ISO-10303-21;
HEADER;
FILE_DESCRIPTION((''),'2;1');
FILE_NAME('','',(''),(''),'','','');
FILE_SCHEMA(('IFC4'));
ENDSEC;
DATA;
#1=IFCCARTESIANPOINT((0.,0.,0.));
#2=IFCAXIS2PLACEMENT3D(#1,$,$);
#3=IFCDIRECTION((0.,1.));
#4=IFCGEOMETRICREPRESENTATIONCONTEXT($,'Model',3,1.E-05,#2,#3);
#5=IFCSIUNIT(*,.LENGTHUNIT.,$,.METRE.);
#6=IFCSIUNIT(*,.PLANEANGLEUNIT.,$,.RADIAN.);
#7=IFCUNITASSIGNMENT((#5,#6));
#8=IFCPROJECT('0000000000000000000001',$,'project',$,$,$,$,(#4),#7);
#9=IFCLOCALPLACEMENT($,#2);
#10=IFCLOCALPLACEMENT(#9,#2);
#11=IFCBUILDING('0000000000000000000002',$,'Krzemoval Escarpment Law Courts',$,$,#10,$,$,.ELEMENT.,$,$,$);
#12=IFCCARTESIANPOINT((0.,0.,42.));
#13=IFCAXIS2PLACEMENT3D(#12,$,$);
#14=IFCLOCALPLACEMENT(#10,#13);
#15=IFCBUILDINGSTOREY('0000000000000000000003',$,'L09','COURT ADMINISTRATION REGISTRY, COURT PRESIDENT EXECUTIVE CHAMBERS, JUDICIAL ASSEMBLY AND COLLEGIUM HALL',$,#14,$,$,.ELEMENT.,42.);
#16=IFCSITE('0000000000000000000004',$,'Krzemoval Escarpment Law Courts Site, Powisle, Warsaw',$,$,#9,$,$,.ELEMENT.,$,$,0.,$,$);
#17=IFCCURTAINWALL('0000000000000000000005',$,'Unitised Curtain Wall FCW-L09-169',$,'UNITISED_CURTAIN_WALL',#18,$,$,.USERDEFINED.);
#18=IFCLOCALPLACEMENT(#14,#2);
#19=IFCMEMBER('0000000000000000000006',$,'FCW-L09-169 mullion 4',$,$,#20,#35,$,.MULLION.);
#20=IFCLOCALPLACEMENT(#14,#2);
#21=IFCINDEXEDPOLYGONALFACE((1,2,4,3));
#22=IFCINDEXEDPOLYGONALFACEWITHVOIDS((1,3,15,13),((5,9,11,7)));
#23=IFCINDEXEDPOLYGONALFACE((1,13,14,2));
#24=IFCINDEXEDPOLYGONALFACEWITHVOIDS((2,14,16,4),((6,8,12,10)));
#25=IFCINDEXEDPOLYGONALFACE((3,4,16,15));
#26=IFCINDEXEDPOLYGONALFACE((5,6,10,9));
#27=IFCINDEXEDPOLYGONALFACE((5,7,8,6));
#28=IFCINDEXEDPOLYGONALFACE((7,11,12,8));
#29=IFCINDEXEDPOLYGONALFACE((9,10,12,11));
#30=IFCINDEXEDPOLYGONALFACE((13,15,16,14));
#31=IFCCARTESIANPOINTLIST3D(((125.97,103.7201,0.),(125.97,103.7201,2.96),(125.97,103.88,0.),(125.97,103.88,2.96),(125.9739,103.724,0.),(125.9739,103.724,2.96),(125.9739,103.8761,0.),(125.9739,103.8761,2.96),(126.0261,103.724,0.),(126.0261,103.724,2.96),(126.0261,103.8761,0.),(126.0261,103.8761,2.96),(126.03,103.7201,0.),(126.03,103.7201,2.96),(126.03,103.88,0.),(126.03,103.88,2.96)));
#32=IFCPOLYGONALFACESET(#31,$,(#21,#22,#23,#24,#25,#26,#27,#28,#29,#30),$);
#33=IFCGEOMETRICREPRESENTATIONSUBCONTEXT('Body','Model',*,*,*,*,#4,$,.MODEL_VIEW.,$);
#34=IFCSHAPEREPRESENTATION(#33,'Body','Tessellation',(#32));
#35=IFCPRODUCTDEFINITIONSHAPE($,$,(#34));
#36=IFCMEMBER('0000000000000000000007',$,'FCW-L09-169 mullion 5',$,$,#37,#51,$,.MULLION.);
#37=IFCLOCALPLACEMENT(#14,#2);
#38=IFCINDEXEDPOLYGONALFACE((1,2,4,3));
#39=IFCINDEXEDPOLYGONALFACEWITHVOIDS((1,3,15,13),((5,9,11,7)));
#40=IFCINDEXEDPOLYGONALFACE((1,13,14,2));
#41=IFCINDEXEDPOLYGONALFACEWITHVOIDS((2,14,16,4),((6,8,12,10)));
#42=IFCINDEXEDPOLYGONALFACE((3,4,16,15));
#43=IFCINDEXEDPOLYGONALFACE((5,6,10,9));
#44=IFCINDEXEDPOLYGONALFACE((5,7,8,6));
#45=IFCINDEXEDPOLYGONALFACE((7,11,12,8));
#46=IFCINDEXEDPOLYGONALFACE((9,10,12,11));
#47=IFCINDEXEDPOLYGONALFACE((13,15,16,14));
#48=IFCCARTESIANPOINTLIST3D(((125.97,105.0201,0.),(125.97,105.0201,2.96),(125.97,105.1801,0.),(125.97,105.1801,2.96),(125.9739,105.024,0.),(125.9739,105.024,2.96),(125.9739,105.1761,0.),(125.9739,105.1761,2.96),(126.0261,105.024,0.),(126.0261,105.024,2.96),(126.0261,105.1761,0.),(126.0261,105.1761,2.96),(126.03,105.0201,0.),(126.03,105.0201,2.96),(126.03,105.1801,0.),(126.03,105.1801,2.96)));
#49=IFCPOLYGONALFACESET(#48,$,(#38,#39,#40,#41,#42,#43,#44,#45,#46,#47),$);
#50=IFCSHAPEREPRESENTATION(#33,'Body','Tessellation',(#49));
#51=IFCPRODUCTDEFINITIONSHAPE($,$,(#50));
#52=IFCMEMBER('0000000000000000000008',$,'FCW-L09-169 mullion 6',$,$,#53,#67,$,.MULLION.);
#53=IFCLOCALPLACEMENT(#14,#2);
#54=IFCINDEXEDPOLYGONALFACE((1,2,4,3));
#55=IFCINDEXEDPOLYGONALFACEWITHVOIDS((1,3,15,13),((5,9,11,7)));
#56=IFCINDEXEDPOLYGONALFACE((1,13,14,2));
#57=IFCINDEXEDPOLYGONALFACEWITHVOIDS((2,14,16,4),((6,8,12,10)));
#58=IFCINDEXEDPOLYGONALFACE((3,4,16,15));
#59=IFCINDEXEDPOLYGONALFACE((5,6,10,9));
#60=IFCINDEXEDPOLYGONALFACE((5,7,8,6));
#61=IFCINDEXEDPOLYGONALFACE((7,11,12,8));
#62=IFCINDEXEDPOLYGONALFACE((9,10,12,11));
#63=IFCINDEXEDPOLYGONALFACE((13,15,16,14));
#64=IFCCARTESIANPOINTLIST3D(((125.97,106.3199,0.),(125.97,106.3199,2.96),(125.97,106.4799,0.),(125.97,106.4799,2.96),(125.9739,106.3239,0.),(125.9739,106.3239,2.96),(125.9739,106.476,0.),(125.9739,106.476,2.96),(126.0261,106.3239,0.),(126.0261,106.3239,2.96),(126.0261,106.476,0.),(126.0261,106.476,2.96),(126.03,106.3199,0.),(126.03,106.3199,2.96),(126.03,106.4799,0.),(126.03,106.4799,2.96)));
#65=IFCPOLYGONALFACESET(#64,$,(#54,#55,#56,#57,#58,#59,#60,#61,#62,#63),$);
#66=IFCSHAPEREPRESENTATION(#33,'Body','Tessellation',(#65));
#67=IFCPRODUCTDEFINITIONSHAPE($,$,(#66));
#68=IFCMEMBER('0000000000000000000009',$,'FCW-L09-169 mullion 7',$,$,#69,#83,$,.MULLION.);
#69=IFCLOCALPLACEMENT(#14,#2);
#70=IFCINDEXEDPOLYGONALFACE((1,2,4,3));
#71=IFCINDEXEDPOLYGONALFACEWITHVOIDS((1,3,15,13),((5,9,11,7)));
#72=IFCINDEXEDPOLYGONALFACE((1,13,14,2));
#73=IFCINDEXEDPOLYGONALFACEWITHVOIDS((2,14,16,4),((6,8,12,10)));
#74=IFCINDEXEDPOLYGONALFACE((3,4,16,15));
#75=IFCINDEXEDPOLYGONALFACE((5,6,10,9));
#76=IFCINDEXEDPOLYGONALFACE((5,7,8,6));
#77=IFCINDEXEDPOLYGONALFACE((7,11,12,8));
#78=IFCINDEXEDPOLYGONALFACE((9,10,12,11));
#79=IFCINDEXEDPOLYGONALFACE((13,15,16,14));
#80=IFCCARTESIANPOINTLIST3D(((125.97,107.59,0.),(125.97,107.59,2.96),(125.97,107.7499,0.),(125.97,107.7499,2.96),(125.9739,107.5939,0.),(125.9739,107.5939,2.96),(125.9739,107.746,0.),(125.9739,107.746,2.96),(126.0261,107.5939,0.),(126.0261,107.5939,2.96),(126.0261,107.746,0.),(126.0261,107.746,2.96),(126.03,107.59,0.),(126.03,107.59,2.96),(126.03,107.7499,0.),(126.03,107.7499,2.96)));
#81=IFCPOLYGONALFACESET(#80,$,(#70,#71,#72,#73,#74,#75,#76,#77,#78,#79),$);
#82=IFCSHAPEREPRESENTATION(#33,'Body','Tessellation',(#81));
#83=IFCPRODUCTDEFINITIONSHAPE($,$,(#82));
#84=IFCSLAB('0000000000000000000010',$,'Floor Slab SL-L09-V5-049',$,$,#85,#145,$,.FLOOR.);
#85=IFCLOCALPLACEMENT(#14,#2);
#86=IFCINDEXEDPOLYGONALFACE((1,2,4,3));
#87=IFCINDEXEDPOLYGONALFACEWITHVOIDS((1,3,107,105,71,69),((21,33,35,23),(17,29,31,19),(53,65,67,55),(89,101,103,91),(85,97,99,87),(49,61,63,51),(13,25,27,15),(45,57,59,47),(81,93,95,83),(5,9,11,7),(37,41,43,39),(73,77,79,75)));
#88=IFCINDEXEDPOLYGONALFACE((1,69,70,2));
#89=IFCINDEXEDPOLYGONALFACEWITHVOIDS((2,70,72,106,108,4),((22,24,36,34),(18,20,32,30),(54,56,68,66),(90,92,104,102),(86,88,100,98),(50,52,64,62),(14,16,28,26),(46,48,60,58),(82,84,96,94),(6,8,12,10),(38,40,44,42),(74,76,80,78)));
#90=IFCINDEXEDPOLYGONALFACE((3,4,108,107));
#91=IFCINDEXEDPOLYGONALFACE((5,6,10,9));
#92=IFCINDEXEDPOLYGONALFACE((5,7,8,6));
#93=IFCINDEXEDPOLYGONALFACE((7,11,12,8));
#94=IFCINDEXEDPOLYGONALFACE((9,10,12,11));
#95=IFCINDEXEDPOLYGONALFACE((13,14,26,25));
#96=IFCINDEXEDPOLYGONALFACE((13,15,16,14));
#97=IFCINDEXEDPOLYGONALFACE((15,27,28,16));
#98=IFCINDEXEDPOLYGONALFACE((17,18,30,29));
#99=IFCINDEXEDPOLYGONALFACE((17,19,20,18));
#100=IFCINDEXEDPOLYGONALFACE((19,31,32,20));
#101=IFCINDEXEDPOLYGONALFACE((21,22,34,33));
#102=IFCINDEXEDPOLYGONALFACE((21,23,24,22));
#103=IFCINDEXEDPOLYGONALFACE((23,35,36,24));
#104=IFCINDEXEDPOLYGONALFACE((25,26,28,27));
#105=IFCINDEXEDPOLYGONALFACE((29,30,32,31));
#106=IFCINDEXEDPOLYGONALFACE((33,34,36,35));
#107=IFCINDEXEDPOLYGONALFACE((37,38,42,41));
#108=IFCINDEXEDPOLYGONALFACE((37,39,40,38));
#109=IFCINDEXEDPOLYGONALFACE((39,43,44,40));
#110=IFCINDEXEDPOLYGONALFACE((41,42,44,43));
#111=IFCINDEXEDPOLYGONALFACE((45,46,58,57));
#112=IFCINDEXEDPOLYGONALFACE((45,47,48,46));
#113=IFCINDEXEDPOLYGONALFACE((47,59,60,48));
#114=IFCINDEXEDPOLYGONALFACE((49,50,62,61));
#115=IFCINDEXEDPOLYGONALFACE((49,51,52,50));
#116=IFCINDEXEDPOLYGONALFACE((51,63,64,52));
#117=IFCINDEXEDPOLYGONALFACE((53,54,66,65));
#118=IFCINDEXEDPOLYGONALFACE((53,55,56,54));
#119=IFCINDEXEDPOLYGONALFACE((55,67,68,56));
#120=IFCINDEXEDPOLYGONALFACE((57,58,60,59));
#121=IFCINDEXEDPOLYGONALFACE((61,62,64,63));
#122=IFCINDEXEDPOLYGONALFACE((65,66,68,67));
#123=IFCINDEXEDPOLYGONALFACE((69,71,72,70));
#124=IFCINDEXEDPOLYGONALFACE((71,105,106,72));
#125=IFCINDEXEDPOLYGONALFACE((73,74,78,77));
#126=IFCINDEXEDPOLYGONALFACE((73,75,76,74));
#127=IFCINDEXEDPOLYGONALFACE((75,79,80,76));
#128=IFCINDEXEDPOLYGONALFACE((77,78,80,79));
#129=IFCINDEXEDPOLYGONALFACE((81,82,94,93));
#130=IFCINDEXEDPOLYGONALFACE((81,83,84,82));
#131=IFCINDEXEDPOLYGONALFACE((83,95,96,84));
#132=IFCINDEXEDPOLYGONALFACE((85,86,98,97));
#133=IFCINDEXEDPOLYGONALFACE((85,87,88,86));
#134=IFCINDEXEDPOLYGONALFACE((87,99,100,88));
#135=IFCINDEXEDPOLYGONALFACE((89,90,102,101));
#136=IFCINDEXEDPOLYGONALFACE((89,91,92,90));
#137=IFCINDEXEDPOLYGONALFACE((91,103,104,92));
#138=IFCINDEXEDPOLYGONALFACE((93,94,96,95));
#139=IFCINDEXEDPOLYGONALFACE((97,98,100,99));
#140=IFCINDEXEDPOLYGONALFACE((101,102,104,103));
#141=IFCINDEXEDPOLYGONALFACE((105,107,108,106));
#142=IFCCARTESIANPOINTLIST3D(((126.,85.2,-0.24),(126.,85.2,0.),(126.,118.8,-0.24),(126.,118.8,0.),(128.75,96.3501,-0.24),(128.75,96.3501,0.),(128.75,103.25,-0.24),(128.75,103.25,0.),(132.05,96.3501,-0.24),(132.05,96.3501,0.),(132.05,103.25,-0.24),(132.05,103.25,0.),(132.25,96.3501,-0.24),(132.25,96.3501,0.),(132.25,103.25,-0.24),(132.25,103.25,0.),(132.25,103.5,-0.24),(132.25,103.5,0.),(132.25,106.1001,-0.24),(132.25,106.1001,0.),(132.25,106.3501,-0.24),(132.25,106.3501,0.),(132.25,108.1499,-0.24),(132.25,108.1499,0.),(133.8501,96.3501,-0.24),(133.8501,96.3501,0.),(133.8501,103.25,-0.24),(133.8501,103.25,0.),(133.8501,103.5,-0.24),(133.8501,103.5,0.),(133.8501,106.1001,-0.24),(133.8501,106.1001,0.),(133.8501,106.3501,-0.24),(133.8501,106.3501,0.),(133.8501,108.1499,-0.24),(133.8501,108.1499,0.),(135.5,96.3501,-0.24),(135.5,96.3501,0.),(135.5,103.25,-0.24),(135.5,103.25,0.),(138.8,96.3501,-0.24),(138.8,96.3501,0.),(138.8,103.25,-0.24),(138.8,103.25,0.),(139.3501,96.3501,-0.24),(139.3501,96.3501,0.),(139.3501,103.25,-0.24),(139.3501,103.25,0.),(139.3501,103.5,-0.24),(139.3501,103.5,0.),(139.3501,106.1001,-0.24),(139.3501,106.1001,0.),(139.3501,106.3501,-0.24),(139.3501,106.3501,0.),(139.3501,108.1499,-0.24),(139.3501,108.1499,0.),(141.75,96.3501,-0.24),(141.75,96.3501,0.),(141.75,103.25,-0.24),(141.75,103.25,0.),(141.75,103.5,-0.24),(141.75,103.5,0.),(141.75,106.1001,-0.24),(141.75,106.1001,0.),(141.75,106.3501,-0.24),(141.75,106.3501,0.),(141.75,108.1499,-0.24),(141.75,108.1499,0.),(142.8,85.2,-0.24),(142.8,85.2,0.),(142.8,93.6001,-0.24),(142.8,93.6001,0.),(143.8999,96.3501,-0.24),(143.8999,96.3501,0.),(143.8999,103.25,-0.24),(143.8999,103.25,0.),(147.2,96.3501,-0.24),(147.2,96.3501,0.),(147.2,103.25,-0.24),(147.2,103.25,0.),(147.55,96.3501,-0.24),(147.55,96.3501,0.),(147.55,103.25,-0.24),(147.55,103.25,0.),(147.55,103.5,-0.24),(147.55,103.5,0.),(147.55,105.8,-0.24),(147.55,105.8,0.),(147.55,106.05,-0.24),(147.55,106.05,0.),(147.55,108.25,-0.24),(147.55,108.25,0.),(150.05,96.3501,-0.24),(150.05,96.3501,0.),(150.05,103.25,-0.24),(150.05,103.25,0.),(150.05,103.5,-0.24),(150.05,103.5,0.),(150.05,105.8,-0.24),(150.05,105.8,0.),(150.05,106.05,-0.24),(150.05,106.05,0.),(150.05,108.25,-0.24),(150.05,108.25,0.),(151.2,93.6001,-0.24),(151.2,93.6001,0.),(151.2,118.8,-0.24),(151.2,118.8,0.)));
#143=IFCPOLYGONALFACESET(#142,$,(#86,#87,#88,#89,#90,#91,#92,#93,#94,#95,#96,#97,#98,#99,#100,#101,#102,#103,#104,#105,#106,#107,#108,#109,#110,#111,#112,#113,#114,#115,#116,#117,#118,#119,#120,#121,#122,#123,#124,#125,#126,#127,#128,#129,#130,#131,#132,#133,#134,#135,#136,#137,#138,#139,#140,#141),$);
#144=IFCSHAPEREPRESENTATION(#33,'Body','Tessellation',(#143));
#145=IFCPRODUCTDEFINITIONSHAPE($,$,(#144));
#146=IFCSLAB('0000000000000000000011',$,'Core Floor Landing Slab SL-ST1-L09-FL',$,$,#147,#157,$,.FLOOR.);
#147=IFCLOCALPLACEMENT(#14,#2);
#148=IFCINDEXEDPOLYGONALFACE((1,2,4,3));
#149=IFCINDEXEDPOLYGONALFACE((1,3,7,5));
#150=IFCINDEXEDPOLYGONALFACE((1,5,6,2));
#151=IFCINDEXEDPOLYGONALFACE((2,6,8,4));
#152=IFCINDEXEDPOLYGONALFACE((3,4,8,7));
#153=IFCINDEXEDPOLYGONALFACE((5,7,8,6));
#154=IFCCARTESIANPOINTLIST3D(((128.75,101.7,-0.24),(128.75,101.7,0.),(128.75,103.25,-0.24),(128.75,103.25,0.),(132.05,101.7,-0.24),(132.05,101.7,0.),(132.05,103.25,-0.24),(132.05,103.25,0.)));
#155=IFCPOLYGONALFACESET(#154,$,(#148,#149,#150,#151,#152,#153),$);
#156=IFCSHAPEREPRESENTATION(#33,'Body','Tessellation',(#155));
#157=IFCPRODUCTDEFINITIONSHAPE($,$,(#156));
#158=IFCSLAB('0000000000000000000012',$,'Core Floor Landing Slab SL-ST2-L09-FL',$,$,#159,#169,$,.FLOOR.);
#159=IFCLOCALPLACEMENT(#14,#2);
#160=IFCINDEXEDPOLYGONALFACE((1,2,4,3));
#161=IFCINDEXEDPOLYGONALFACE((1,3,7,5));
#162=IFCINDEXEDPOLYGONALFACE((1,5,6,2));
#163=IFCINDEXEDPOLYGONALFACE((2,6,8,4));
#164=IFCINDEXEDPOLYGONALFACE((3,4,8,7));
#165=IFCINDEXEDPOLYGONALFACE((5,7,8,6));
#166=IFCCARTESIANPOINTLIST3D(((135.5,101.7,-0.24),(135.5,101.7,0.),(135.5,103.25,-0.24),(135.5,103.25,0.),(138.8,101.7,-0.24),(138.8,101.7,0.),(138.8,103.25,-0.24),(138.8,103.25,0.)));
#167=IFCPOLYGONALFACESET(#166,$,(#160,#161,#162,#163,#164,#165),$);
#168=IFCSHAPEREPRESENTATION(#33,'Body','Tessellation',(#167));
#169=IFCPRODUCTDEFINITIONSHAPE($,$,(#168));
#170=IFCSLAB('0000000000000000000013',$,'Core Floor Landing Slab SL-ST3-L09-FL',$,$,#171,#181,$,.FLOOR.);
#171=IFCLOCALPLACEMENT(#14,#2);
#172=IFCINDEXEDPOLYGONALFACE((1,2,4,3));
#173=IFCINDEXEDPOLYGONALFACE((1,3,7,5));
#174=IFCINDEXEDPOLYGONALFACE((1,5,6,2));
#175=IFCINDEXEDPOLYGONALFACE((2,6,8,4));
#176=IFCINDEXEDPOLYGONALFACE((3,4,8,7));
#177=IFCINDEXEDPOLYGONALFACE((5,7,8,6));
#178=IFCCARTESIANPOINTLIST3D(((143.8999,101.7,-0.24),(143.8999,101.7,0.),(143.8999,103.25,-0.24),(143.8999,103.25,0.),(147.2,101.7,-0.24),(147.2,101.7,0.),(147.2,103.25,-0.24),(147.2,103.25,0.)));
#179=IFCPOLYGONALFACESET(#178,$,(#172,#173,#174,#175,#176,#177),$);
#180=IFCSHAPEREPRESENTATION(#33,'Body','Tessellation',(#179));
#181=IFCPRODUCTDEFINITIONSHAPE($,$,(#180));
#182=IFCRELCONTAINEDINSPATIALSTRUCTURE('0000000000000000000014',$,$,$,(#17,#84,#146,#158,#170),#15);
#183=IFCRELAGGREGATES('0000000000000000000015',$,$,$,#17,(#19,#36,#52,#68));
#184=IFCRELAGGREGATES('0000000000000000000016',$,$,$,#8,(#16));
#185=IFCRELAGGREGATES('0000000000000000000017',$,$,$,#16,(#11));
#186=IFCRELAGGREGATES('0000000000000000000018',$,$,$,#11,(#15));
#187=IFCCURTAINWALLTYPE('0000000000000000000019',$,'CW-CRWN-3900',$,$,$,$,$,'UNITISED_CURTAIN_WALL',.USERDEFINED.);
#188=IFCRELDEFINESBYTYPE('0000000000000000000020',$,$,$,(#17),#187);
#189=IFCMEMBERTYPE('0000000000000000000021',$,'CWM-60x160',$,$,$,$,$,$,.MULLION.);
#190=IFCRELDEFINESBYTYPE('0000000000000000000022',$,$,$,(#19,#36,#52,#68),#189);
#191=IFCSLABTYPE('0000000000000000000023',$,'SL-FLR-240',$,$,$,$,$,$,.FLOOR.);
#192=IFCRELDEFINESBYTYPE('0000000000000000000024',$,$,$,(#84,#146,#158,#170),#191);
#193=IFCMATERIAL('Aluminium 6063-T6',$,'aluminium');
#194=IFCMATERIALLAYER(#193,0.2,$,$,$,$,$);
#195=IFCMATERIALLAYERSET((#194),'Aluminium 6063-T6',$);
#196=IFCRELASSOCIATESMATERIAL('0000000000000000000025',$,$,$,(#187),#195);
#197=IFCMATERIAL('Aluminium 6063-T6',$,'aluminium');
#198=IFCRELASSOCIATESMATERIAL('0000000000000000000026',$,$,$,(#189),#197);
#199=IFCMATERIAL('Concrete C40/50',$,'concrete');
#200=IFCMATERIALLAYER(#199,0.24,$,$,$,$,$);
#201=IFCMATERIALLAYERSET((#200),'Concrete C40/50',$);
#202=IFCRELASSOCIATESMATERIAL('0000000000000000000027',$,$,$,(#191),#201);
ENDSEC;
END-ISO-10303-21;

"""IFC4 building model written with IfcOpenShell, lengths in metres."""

from ifc_helpers import new_model, si_unit, direction, frame, origin, origin_2d, place, context, subcontext, project, spatial, polyline, hollow_rectangle, outline, extrude, material, layer, layer_set, material_profile, profile_set, type_object, element, aggregate, save


model = new_model("IFC4")

# Units and contexts
model_context = context("Model", 3, precision=1e-05, world=origin(), true_north=direction((0.0, 1.0)))
body_context = subcontext(model_context, "Body", "Model", "MODEL_VIEW")
ifc_project = project(units=[si_unit("LENGTHUNIT", "METRE"), si_unit("PLANEANGLEUNIT", "RADIAN")], contexts=[model_context])

# Site, building, storey
site_placement = place(None, origin())
site = spatial("IfcSite", under=ifc_project, at=site_placement, Name="Krzemoval Escarpment Law Courts Site, Powisle, Warsaw", CompositionType="ELEMENT", RefElevation=0.0)
building_placement = place(site_placement, origin())
building = spatial("IfcBuilding", under=site, at=building_placement, Name="Krzemoval Escarpment Law Courts", CompositionType="ELEMENT")
storey_placement = place(building_placement, frame((0.0, 0.0, 42.0)))
storey = spatial("IfcBuildingStorey", under=building, at=storey_placement, Name="L09", Description="COURT ADMINISTRATION REGISTRY, COURT PRESIDENT EXECUTIVE CHAMBERS, JUDICIAL ASSEMBLY AND COLLEGIUM HALL", CompositionType="ELEMENT", Elevation=42.0)

# Curtain wall, members
ifc_material_1 = material(Name="Aluminium 6063-T6", Category="aluminium")
ifc_layer_1 = layer(ifc_material_1, 0.2)
ifc_layer_set_1 = layer_set([ifc_layer_1], Name="Aluminium 6063-T6")
curtain_wall_type = type_object("IfcCurtainWallType", Name="CW-CRWN-3900", ElementType="UNITISED_CURTAIN_WALL", PredefinedType="USERDEFINED", material=ifc_layer_set_1)
curtain_wall_placement = place(storey_placement, origin())
curtain_wall = element("IfcCurtainWall", 1, at=curtain_wall_placement, inside=storey, type_object=curtain_wall_type, Name="Unitised Curtain Wall FCW-L09-169", ObjectType="UNITISED_CURTAIN_WALL", PredefinedType="USERDEFINED")
ifc_material_2 = material(Name="Aluminium 6063-T6", Category="aluminium")
ifc_material_profile_1 = material_profile(ifc_material_2, hollow_rectangle(XDim=0.0601, YDim=0.1599, WallThickness=0.0039, at=origin_2d()), Name="ALU M60x160")
ifc_profile_set_1 = profile_set([ifc_material_profile_1], Name="Aluminium 6063-T6")
member_type = type_object("IfcMemberType", Name="CWM-60x160", PredefinedType="MULLION", material=ifc_profile_set_1)
member_1_placement = place(storey_placement, frame((126.0, 103.8, 0.0), z_axis=(0.0, 0.0, 1.0), x_axis=(-1.0, 0.0, 0.0)))
member_1 = element("IfcMember", 2, at=member_1_placement, type_object=member_type, Name="FCW-L09-169 mullion 4", PredefinedType="MULLION", context=body_context, shape_type="SweptSolid", body=[
    extrude(hollow_rectangle(XDim=0.0601, YDim=0.1599, WallThickness=0.0039, at=origin_2d()), origin(), (0.0, 0.0, 1.0), 2.96),
])
member_2_placement = place(storey_placement, frame((126.0, 105.1001, 0.0), z_axis=(0.0, 0.0, 1.0), x_axis=(-1.0, 0.0, 0.0)))
member_2 = element("IfcMember", 3, at=member_2_placement, type_object=member_type, Name="FCW-L09-169 mullion 5", PredefinedType="MULLION", context=body_context, shape_type="SweptSolid", body=[
    extrude(hollow_rectangle(XDim=0.0601, YDim=0.1599, WallThickness=0.0039, at=origin_2d()), origin(), (0.0, 0.0, 1.0), 2.96),
])
member_3_placement = place(storey_placement, frame((126.0, 106.3999, 0.0), z_axis=(0.0, 0.0, 1.0), x_axis=(-1.0, 0.0, 0.0)))
member_3 = element("IfcMember", 4, at=member_3_placement, type_object=member_type, Name="FCW-L09-169 mullion 6", PredefinedType="MULLION", context=body_context, shape_type="SweptSolid", body=[
    extrude(hollow_rectangle(XDim=0.0601, YDim=0.1599, WallThickness=0.0039, at=origin_2d()), origin(), (0.0, 0.0, 1.0), 2.96),
])
member_4_placement = place(storey_placement, frame((126.0, 107.6699, 0.0), z_axis=(0.0, 0.0, 1.0), x_axis=(-1.0, 0.0, 0.0)))
member_4 = element("IfcMember", 5, at=member_4_placement, type_object=member_type, Name="FCW-L09-169 mullion 7", PredefinedType="MULLION", context=body_context, shape_type="SweptSolid", body=[
    extrude(hollow_rectangle(XDim=0.0601, YDim=0.1599, WallThickness=0.0039, at=origin_2d()), origin(), (0.0, 0.0, 1.0), 2.96),
])
aggregate(curtain_wall, [member_1, member_2, member_3, member_4])

# Slabs
ifc_material_3 = material(Name="Concrete C40/50", Category="concrete")
ifc_layer_2 = layer(ifc_material_3, 0.24)
ifc_layer_set_2 = layer_set([ifc_layer_2], Name="Concrete C40/50")
slab_type_1 = type_object("IfcSlabType", Name="SL-FLR-240", PredefinedType="FLOOR", material=ifc_layer_set_2)
slab_1_placement = place(storey_placement, frame((0.0, 0.0, -0.24)))
element("IfcSlab", 6, at=slab_1_placement, inside=storey, type_object=slab_type_1, Name="Floor Slab SL-L09-V5-049", PredefinedType="FLOOR", context=body_context, shape_type="SweptSolid", body=[
    extrude(outline(polyline([(142.8, 93.6001), (142.8, 85.2), (126.0, 85.2), (126.0, 118.8), (151.2, 118.8), (151.2, 93.6001), (142.8, 93.6001)]), holes=[polyline([(133.8501, 103.5), (133.8501, 106.1001), (132.25, 106.1001), (132.25, 103.5), (133.8501, 103.5)]), polyline([(132.25, 106.3501), (133.8501, 106.3501), (133.8501, 108.1499), (132.25, 108.1499), (132.25, 106.3501)]), polyline([(132.25, 103.25), (132.25, 96.3501), (133.8501, 96.3501), (133.8501, 103.25), (132.25, 103.25)]), polyline([(141.75, 106.1001), (139.3501, 106.1001), (139.3501, 103.5), (141.75, 103.5), (141.75, 106.1001)]), polyline([(141.75, 106.3501), (141.75, 108.1499), (139.3501, 108.1499), (139.3501, 106.3501), (141.75, 106.3501)]), polyline([(139.3501, 96.3501), (141.75, 96.3501), (141.75, 103.25), (139.3501, 103.25), (139.3501, 96.3501)]), polyline([(147.55, 105.8), (147.55, 103.5), (150.05, 103.5), (150.05, 105.8), (147.55, 105.8)]), polyline([(150.05, 108.25), (147.55, 108.25), (147.55, 106.05), (150.05, 106.05), (150.05, 108.25)]), polyline([(150.05, 96.3501), (150.05, 103.25), (147.55, 103.25), (147.55, 96.3501), (150.05, 96.3501)]), polyline([(128.75, 96.3501), (132.05, 96.3501), (132.05, 103.25), (128.75, 103.25), (128.75, 96.3501)]), polyline([(135.5, 103.25), (135.5, 96.3501), (138.8, 96.3501), (138.8, 103.25), (135.5, 103.25)]), polyline([(147.2, 103.25), (143.8999, 103.25), (143.8999, 96.3501), (147.2, 96.3501), (147.2, 103.25)])]), origin(), (0.0, 0.0, 1.0), 0.24),
])
slab_2_placement = place(storey_placement, frame((0.0, 0.0, -0.24)))
element("IfcSlab", 7, at=slab_2_placement, inside=storey, type_object=slab_type_1, Name="Core Floor Landing Slab SL-ST1-L09-FL", PredefinedType="FLOOR", context=body_context, shape_type="SweptSolid", body=[
    extrude(outline(polyline([(128.75, 103.25), (128.75, 101.7), (132.05, 101.7), (132.05, 103.25), (128.75, 103.25)])), origin(), (0.0, 0.0, 1.0), 0.24),
])
slab_3_placement = place(storey_placement, frame((0.0, 0.0, -0.24)))
element("IfcSlab", 8, at=slab_3_placement, inside=storey, type_object=slab_type_1, Name="Core Floor Landing Slab SL-ST2-L09-FL", PredefinedType="FLOOR", context=body_context, shape_type="SweptSolid", body=[
    extrude(outline(polyline([(135.5, 103.25), (135.5, 101.7), (138.8, 101.7), (138.8, 103.25), (135.5, 103.25)])), origin(), (0.0, 0.0, 1.0), 0.24),
])
slab_4_placement = place(storey_placement, frame((0.0, 0.0, -0.24)))
element("IfcSlab", 9, at=slab_4_placement, inside=storey, type_object=slab_type_1, Name="Core Floor Landing Slab SL-ST3-L09-FL", PredefinedType="FLOOR", context=body_context, shape_type="SweptSolid", body=[
    extrude(outline(polyline([(143.8999, 103.25), (143.8999, 101.7), (147.2, 101.7), (147.2, 103.25), (143.8999, 103.25)])), origin(), (0.0, 0.0, 1.0), 0.24),
])

save(model, "model.ifc")
